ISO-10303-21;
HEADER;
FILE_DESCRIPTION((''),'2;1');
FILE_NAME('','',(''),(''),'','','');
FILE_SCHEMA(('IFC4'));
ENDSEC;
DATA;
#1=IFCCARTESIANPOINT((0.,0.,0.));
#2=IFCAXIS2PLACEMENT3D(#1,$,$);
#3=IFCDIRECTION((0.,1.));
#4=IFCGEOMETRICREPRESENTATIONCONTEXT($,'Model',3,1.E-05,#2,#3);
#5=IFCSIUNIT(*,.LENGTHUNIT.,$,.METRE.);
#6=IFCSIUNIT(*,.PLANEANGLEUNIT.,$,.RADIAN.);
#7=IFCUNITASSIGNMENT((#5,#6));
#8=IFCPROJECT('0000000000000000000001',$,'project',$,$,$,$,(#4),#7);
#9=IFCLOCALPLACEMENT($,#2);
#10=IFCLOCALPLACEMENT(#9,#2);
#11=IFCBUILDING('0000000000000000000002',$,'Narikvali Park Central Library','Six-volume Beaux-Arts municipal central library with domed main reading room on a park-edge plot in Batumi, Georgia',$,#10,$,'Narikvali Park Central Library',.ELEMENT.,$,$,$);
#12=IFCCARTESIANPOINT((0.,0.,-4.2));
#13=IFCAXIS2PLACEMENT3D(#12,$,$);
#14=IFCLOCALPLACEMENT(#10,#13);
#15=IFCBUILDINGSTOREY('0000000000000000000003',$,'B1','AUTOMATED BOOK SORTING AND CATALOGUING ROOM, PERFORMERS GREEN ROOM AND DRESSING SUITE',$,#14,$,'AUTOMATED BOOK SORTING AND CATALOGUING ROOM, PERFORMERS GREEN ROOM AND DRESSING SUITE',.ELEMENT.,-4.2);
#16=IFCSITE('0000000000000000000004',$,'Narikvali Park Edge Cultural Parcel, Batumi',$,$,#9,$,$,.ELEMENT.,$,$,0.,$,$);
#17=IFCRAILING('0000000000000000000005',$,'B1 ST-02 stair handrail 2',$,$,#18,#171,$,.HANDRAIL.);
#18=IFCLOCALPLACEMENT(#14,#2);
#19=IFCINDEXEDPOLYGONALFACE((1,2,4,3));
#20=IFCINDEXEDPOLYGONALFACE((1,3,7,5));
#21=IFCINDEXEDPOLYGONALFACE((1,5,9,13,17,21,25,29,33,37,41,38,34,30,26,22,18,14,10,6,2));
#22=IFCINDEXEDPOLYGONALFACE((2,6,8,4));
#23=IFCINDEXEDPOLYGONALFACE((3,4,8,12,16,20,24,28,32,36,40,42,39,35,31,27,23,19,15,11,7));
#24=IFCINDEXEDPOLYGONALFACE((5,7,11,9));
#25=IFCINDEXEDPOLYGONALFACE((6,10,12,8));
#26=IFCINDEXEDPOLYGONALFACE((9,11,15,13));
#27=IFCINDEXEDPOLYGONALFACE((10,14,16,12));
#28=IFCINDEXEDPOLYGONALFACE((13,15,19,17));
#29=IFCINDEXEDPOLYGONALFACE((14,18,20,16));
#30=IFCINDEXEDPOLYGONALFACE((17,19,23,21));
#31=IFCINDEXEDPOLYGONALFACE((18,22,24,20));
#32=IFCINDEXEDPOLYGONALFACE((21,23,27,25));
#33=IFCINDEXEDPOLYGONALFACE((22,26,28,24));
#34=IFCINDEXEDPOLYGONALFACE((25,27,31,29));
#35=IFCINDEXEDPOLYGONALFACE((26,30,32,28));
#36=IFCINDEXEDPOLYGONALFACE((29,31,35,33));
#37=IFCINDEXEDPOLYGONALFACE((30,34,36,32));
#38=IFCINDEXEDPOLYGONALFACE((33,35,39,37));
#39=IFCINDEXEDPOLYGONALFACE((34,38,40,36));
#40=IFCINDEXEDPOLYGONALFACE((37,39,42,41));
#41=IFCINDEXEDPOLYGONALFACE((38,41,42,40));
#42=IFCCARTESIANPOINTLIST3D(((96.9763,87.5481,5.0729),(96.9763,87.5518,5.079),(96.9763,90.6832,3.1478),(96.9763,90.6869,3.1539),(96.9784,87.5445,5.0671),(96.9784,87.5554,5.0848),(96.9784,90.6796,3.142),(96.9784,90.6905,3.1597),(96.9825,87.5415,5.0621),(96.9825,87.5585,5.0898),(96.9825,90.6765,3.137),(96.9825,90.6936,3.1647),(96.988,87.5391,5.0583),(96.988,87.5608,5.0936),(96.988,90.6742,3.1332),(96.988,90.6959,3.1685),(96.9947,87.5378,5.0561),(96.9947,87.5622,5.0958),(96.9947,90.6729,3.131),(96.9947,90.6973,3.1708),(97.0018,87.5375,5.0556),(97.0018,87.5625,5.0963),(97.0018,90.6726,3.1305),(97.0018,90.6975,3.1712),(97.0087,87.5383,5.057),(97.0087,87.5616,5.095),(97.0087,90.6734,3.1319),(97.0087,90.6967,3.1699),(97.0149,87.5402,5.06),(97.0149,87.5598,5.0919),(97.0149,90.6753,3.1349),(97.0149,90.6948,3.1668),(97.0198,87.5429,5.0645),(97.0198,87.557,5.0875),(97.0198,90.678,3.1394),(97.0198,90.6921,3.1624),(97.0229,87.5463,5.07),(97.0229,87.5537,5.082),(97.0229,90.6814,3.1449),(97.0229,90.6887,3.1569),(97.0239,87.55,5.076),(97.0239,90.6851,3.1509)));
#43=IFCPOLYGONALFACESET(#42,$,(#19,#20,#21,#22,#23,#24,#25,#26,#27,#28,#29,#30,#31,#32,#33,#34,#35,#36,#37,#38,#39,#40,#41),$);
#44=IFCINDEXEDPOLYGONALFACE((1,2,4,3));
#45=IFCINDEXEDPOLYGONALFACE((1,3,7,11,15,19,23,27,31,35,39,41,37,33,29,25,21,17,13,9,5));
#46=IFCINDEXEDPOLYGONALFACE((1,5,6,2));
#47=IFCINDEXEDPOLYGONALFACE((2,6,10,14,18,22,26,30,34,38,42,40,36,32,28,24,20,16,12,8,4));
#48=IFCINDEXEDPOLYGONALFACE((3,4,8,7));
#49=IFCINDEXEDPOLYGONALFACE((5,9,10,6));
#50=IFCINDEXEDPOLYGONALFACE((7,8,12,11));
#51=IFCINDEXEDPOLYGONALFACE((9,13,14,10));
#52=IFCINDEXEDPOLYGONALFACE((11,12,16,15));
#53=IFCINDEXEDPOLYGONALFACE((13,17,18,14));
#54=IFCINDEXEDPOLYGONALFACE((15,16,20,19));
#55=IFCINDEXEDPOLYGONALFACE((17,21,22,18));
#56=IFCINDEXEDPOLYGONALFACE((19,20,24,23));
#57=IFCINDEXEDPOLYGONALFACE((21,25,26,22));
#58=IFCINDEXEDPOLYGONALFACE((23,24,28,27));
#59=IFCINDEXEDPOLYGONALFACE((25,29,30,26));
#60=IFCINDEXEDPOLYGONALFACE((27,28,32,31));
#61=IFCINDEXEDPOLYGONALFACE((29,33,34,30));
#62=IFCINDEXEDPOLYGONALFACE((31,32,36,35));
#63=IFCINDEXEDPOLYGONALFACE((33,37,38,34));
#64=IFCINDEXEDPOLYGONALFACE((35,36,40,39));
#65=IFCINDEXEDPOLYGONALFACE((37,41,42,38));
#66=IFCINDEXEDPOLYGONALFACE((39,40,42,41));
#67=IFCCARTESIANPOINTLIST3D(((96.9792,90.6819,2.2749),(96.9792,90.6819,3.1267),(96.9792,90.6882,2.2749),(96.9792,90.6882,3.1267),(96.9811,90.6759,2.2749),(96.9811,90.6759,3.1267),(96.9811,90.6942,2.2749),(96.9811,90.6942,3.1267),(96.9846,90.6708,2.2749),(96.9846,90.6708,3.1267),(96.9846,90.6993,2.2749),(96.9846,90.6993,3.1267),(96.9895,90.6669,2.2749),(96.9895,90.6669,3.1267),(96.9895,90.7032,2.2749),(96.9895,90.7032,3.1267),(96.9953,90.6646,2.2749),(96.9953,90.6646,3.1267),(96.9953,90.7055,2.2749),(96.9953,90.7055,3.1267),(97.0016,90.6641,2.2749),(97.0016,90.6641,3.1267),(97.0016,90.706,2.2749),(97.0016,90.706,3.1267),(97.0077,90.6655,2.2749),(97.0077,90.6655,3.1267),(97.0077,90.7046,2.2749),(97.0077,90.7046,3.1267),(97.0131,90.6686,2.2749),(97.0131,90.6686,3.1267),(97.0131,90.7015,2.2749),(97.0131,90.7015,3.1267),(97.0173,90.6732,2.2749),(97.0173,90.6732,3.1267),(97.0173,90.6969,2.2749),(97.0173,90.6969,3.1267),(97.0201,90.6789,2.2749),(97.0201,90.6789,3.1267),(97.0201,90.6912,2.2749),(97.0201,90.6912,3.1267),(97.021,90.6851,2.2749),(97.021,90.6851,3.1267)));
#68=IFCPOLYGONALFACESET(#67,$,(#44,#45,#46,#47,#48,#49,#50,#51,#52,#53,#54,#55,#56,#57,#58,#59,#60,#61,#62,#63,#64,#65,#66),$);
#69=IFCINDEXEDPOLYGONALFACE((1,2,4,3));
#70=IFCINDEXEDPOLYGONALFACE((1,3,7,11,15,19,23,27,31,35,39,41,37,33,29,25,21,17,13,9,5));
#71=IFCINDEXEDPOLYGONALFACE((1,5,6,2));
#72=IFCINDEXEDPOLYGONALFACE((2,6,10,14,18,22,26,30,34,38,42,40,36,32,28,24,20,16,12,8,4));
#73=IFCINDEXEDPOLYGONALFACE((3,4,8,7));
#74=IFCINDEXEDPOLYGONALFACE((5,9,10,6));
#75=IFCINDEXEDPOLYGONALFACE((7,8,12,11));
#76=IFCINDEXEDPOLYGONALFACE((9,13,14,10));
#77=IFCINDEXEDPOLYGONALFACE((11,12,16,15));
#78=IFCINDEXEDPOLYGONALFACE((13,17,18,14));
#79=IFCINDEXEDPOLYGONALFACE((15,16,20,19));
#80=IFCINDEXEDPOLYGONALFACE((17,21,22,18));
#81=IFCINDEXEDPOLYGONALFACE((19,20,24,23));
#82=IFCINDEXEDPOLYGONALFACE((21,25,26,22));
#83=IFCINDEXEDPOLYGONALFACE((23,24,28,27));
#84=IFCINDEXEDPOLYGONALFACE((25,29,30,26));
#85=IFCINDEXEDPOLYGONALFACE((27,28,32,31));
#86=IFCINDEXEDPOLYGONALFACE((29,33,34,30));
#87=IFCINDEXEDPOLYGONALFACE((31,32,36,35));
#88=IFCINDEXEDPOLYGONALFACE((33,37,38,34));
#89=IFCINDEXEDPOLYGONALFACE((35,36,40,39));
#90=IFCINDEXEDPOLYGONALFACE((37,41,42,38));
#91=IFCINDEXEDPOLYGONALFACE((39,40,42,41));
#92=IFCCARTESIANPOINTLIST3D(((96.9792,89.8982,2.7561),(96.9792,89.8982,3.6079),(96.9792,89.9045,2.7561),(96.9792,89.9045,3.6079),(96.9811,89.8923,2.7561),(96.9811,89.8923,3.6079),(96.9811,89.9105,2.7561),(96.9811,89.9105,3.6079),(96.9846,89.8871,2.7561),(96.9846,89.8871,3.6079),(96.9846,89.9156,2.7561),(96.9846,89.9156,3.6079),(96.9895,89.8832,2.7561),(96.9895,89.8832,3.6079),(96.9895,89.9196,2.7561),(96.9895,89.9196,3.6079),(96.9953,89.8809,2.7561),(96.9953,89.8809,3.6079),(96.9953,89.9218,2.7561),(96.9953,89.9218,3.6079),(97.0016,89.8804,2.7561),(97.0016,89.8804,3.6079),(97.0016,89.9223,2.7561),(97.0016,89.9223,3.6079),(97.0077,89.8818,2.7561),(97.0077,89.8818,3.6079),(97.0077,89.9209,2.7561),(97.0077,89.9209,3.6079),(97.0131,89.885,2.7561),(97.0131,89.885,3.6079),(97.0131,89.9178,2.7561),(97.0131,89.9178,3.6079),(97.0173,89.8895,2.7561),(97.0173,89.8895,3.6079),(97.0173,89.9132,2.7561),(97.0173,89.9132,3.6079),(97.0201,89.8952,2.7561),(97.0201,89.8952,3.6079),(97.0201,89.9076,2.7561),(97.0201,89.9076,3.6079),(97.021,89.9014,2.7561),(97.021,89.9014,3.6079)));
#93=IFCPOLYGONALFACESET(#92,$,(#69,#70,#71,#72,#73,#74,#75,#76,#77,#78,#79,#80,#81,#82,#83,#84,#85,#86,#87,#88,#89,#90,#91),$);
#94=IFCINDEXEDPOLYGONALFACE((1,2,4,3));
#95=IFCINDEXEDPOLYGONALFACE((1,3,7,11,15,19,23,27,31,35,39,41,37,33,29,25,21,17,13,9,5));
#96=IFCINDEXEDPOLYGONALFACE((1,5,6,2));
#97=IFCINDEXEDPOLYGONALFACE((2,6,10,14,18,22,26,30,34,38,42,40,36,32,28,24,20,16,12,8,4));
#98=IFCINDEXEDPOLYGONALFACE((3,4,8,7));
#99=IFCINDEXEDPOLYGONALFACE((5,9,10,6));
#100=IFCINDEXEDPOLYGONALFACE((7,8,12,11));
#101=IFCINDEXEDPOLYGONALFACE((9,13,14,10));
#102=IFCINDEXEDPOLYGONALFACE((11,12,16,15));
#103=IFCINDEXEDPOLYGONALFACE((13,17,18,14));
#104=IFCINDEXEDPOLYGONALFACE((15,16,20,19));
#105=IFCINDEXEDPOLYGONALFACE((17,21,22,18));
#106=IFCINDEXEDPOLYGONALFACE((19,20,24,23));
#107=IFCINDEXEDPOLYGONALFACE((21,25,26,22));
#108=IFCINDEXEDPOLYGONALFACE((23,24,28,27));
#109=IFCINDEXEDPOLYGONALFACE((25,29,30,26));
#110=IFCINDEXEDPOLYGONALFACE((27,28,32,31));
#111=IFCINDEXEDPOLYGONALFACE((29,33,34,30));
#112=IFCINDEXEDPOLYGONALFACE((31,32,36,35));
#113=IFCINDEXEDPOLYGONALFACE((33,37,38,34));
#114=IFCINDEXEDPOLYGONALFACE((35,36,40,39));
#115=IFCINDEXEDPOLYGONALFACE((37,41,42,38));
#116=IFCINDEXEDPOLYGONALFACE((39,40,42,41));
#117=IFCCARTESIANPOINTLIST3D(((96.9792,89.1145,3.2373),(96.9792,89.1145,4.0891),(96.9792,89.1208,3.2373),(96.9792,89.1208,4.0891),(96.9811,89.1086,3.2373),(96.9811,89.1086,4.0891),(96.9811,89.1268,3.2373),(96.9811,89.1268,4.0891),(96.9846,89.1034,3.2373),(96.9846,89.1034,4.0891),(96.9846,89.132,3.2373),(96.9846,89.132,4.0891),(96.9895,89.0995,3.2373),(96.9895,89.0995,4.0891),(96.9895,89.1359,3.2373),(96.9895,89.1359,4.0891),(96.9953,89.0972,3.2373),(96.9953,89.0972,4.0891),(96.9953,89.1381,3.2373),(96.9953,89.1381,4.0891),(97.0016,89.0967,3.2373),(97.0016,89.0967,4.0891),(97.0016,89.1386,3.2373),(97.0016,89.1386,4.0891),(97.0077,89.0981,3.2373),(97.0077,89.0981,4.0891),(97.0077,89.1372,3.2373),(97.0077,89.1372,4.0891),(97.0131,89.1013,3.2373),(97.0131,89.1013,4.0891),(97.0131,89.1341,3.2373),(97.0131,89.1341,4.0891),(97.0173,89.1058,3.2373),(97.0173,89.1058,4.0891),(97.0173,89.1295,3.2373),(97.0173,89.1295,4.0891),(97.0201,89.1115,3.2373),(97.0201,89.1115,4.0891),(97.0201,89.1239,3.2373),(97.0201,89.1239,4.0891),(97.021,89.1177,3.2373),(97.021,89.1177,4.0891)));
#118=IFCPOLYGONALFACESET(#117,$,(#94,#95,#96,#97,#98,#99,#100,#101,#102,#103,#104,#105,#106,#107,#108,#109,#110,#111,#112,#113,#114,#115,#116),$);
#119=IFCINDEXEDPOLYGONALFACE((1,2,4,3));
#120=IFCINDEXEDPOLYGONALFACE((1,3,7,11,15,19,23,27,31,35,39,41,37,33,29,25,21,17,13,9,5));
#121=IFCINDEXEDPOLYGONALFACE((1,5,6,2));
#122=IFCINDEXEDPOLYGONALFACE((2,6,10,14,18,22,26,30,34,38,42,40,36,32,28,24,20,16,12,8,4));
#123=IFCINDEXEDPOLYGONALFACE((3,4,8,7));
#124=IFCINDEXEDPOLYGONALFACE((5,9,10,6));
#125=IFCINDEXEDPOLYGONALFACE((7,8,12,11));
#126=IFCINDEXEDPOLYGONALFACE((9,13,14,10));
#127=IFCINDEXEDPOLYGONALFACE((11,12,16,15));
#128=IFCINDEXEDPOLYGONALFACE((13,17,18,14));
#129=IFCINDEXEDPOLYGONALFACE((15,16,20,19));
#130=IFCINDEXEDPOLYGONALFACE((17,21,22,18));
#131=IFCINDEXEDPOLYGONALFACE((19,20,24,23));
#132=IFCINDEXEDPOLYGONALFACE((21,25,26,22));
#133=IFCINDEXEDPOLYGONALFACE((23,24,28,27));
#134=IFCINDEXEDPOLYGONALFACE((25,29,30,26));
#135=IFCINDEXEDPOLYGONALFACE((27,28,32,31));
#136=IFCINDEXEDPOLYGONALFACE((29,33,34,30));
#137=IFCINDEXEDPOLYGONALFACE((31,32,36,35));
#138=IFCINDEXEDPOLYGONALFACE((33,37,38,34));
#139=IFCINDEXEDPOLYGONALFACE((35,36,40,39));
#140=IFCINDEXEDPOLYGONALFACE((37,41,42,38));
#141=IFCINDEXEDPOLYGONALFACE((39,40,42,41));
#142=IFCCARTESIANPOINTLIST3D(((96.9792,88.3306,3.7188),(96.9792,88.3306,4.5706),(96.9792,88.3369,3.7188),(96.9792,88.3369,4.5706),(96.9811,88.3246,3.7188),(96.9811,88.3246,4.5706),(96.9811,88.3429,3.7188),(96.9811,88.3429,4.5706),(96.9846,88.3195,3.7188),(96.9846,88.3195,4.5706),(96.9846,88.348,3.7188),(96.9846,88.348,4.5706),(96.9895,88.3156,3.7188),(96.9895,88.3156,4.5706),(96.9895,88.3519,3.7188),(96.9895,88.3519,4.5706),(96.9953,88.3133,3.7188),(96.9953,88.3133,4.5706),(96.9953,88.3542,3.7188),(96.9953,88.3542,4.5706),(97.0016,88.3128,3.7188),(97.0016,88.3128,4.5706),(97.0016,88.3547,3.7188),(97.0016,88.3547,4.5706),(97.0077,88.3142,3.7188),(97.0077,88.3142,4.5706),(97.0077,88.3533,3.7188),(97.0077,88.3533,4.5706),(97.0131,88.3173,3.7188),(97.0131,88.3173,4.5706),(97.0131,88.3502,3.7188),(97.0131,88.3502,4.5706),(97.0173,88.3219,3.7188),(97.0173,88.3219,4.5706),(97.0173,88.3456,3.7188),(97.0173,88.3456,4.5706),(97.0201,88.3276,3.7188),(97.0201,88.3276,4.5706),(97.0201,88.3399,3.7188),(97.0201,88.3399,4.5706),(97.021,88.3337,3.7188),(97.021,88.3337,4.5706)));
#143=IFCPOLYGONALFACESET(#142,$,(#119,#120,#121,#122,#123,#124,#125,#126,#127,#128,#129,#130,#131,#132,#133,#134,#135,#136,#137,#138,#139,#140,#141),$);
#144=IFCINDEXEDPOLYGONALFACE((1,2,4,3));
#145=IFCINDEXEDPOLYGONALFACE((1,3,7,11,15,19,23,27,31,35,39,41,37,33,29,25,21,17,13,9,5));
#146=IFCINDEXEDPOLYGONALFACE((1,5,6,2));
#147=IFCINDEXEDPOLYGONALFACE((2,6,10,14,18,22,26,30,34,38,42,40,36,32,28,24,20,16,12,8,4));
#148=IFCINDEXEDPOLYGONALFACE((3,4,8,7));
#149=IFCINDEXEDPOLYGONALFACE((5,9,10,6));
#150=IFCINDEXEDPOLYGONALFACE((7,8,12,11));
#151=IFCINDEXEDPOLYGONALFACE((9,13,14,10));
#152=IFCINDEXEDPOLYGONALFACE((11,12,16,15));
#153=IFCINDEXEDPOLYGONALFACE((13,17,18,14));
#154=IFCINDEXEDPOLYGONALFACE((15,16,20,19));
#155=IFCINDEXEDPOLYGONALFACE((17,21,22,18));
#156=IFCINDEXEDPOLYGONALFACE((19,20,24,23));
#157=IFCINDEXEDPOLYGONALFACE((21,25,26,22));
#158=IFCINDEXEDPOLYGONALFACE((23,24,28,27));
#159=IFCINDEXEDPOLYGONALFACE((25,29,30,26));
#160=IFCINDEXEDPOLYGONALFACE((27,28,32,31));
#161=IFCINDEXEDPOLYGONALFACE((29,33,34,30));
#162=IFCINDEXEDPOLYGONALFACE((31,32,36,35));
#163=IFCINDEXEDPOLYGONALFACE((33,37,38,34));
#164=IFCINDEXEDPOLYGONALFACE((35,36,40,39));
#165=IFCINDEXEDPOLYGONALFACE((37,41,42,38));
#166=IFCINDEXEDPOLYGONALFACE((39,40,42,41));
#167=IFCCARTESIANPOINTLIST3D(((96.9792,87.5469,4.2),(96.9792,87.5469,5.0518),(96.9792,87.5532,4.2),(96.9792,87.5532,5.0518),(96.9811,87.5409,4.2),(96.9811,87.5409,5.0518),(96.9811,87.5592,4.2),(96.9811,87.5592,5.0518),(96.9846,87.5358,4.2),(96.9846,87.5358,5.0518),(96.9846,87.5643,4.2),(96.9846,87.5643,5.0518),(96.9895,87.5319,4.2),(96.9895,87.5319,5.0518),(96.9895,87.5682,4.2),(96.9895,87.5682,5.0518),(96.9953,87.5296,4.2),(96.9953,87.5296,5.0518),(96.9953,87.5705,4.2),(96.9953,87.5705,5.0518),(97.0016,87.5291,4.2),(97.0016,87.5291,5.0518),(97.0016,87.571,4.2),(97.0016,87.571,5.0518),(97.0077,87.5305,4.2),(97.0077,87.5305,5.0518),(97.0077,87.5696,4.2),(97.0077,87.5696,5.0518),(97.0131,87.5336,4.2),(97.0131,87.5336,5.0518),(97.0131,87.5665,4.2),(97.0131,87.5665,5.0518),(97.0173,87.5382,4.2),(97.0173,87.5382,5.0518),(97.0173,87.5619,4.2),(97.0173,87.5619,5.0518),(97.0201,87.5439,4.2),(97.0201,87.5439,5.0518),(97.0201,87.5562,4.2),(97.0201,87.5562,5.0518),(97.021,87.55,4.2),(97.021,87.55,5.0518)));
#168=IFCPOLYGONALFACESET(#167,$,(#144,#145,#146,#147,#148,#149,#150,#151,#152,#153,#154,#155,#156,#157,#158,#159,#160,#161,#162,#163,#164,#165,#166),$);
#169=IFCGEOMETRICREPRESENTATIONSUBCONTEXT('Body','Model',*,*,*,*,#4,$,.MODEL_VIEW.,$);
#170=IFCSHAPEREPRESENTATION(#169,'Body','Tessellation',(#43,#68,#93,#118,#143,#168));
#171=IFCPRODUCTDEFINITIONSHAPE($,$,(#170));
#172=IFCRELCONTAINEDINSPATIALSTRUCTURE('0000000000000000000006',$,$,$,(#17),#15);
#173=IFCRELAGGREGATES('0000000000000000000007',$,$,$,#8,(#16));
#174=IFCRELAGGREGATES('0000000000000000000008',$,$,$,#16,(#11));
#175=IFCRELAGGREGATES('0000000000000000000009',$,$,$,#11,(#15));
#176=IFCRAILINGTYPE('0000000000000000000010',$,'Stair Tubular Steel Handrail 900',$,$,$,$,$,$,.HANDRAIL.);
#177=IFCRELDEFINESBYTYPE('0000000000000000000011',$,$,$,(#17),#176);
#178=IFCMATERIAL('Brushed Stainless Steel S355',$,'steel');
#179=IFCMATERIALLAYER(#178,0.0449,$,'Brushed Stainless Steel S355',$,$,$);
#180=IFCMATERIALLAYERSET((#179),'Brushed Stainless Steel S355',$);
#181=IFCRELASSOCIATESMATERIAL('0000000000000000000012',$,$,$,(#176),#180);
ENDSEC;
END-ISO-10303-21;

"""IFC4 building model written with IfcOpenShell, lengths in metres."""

from ifc_helpers import new_model, si_unit, direction, frame, origin, origin_2d, place, context, subcontext, project, spatial, circle, extrude, material, layer, layer_set, type_object, element, save


model = new_model("IFC4")

# Units and contexts
model_context = context("Model", 3, precision=1e-05, world=origin(), true_north=direction((0.0, 1.0)))
body_context = subcontext(model_context, "Body", "Model", "MODEL_VIEW")
ifc_project = project(units=[si_unit("LENGTHUNIT", "METRE"), si_unit("PLANEANGLEUNIT", "RADIAN")], contexts=[model_context])

# Site, building, storey
site_placement = place(None, origin())
site = spatial("IfcSite", under=ifc_project, at=site_placement, Name="Narikvali Park Edge Cultural Parcel, Batumi", CompositionType="ELEMENT", RefElevation=0.0)
building_placement = place(site_placement, origin())
building = spatial("IfcBuilding", under=site, at=building_placement, Name="Narikvali Park Central Library", Description="Six-volume Beaux-Arts municipal central library with domed main reading room on a park-edge plot in Batumi, Georgia", LongName="Narikvali Park Central Library", CompositionType="ELEMENT")
storey_placement = place(building_placement, frame((0.0, 0.0, -4.2)))
storey = spatial("IfcBuildingStorey", under=building, at=storey_placement, Name="B1", Description="AUTOMATED BOOK SORTING AND CATALOGUING ROOM, PERFORMERS GREEN ROOM AND DRESSING SUITE", LongName="AUTOMATED BOOK SORTING AND CATALOGUING ROOM, PERFORMERS GREEN ROOM AND DRESSING SUITE", CompositionType="ELEMENT", Elevation=-4.2)

# Shared definitions
ifc_material_1 = material(Name="Brushed Stainless Steel S355", Category="steel")

# Railing
ifc_layer_1 = layer(ifc_material_1, 0.0449, Name="Brushed Stainless Steel S355")
ifc_layer_set_1 = layer_set([ifc_layer_1], Name="Brushed Stainless Steel S355")
railing_type = type_object("IfcRailingType", Name="Stair Tubular Steel Handrail 900", PredefinedType="HANDRAIL", material=ifc_layer_set_1)
railing_placement = place(storey_placement, frame((97.0, 90.6851, 2.2749)))
element("IfcRailing", 1, at=railing_placement, inside=storey, type_object=railing_type, Name="B1 ST-02 stair handrail 2", PredefinedType="HANDRAIL", context=body_context, shape_type="SweptSolid", body=[
    extrude(circle(Radius=0.0239, at=origin_2d()), frame((0.0, 0.0, 0.876), z_axis=(0.0, -0.852166, 0.523271), x_axis=(1.0, 0.0, 0.0)), (0.0, 0.0, 1.0), 3.679),
    extrude(circle(Radius=0.021, at=origin_2d()), origin(), (0.0, 0.0, 1.0), 0.8518),
    extrude(circle(Radius=0.021, at=origin_2d()), frame((0.0, -0.7837, 0.4812)), (0.0, 0.0, 1.0), 0.8518),
    extrude(circle(Radius=0.021, at=origin_2d()), frame((0.0, -1.5674, 0.9624)), (0.0, 0.0, 1.0), 0.8518),
    extrude(circle(Radius=0.021, at=origin_2d()), frame((0.0, -2.3513, 1.4438)), (0.0, 0.0, 1.0), 0.8518),
    extrude(circle(Radius=0.021, at=origin_2d()), frame((0.0, -3.135, 1.925)), (0.0, 0.0, 1.0), 0.8518),
])

save(model, "model.ifc")
